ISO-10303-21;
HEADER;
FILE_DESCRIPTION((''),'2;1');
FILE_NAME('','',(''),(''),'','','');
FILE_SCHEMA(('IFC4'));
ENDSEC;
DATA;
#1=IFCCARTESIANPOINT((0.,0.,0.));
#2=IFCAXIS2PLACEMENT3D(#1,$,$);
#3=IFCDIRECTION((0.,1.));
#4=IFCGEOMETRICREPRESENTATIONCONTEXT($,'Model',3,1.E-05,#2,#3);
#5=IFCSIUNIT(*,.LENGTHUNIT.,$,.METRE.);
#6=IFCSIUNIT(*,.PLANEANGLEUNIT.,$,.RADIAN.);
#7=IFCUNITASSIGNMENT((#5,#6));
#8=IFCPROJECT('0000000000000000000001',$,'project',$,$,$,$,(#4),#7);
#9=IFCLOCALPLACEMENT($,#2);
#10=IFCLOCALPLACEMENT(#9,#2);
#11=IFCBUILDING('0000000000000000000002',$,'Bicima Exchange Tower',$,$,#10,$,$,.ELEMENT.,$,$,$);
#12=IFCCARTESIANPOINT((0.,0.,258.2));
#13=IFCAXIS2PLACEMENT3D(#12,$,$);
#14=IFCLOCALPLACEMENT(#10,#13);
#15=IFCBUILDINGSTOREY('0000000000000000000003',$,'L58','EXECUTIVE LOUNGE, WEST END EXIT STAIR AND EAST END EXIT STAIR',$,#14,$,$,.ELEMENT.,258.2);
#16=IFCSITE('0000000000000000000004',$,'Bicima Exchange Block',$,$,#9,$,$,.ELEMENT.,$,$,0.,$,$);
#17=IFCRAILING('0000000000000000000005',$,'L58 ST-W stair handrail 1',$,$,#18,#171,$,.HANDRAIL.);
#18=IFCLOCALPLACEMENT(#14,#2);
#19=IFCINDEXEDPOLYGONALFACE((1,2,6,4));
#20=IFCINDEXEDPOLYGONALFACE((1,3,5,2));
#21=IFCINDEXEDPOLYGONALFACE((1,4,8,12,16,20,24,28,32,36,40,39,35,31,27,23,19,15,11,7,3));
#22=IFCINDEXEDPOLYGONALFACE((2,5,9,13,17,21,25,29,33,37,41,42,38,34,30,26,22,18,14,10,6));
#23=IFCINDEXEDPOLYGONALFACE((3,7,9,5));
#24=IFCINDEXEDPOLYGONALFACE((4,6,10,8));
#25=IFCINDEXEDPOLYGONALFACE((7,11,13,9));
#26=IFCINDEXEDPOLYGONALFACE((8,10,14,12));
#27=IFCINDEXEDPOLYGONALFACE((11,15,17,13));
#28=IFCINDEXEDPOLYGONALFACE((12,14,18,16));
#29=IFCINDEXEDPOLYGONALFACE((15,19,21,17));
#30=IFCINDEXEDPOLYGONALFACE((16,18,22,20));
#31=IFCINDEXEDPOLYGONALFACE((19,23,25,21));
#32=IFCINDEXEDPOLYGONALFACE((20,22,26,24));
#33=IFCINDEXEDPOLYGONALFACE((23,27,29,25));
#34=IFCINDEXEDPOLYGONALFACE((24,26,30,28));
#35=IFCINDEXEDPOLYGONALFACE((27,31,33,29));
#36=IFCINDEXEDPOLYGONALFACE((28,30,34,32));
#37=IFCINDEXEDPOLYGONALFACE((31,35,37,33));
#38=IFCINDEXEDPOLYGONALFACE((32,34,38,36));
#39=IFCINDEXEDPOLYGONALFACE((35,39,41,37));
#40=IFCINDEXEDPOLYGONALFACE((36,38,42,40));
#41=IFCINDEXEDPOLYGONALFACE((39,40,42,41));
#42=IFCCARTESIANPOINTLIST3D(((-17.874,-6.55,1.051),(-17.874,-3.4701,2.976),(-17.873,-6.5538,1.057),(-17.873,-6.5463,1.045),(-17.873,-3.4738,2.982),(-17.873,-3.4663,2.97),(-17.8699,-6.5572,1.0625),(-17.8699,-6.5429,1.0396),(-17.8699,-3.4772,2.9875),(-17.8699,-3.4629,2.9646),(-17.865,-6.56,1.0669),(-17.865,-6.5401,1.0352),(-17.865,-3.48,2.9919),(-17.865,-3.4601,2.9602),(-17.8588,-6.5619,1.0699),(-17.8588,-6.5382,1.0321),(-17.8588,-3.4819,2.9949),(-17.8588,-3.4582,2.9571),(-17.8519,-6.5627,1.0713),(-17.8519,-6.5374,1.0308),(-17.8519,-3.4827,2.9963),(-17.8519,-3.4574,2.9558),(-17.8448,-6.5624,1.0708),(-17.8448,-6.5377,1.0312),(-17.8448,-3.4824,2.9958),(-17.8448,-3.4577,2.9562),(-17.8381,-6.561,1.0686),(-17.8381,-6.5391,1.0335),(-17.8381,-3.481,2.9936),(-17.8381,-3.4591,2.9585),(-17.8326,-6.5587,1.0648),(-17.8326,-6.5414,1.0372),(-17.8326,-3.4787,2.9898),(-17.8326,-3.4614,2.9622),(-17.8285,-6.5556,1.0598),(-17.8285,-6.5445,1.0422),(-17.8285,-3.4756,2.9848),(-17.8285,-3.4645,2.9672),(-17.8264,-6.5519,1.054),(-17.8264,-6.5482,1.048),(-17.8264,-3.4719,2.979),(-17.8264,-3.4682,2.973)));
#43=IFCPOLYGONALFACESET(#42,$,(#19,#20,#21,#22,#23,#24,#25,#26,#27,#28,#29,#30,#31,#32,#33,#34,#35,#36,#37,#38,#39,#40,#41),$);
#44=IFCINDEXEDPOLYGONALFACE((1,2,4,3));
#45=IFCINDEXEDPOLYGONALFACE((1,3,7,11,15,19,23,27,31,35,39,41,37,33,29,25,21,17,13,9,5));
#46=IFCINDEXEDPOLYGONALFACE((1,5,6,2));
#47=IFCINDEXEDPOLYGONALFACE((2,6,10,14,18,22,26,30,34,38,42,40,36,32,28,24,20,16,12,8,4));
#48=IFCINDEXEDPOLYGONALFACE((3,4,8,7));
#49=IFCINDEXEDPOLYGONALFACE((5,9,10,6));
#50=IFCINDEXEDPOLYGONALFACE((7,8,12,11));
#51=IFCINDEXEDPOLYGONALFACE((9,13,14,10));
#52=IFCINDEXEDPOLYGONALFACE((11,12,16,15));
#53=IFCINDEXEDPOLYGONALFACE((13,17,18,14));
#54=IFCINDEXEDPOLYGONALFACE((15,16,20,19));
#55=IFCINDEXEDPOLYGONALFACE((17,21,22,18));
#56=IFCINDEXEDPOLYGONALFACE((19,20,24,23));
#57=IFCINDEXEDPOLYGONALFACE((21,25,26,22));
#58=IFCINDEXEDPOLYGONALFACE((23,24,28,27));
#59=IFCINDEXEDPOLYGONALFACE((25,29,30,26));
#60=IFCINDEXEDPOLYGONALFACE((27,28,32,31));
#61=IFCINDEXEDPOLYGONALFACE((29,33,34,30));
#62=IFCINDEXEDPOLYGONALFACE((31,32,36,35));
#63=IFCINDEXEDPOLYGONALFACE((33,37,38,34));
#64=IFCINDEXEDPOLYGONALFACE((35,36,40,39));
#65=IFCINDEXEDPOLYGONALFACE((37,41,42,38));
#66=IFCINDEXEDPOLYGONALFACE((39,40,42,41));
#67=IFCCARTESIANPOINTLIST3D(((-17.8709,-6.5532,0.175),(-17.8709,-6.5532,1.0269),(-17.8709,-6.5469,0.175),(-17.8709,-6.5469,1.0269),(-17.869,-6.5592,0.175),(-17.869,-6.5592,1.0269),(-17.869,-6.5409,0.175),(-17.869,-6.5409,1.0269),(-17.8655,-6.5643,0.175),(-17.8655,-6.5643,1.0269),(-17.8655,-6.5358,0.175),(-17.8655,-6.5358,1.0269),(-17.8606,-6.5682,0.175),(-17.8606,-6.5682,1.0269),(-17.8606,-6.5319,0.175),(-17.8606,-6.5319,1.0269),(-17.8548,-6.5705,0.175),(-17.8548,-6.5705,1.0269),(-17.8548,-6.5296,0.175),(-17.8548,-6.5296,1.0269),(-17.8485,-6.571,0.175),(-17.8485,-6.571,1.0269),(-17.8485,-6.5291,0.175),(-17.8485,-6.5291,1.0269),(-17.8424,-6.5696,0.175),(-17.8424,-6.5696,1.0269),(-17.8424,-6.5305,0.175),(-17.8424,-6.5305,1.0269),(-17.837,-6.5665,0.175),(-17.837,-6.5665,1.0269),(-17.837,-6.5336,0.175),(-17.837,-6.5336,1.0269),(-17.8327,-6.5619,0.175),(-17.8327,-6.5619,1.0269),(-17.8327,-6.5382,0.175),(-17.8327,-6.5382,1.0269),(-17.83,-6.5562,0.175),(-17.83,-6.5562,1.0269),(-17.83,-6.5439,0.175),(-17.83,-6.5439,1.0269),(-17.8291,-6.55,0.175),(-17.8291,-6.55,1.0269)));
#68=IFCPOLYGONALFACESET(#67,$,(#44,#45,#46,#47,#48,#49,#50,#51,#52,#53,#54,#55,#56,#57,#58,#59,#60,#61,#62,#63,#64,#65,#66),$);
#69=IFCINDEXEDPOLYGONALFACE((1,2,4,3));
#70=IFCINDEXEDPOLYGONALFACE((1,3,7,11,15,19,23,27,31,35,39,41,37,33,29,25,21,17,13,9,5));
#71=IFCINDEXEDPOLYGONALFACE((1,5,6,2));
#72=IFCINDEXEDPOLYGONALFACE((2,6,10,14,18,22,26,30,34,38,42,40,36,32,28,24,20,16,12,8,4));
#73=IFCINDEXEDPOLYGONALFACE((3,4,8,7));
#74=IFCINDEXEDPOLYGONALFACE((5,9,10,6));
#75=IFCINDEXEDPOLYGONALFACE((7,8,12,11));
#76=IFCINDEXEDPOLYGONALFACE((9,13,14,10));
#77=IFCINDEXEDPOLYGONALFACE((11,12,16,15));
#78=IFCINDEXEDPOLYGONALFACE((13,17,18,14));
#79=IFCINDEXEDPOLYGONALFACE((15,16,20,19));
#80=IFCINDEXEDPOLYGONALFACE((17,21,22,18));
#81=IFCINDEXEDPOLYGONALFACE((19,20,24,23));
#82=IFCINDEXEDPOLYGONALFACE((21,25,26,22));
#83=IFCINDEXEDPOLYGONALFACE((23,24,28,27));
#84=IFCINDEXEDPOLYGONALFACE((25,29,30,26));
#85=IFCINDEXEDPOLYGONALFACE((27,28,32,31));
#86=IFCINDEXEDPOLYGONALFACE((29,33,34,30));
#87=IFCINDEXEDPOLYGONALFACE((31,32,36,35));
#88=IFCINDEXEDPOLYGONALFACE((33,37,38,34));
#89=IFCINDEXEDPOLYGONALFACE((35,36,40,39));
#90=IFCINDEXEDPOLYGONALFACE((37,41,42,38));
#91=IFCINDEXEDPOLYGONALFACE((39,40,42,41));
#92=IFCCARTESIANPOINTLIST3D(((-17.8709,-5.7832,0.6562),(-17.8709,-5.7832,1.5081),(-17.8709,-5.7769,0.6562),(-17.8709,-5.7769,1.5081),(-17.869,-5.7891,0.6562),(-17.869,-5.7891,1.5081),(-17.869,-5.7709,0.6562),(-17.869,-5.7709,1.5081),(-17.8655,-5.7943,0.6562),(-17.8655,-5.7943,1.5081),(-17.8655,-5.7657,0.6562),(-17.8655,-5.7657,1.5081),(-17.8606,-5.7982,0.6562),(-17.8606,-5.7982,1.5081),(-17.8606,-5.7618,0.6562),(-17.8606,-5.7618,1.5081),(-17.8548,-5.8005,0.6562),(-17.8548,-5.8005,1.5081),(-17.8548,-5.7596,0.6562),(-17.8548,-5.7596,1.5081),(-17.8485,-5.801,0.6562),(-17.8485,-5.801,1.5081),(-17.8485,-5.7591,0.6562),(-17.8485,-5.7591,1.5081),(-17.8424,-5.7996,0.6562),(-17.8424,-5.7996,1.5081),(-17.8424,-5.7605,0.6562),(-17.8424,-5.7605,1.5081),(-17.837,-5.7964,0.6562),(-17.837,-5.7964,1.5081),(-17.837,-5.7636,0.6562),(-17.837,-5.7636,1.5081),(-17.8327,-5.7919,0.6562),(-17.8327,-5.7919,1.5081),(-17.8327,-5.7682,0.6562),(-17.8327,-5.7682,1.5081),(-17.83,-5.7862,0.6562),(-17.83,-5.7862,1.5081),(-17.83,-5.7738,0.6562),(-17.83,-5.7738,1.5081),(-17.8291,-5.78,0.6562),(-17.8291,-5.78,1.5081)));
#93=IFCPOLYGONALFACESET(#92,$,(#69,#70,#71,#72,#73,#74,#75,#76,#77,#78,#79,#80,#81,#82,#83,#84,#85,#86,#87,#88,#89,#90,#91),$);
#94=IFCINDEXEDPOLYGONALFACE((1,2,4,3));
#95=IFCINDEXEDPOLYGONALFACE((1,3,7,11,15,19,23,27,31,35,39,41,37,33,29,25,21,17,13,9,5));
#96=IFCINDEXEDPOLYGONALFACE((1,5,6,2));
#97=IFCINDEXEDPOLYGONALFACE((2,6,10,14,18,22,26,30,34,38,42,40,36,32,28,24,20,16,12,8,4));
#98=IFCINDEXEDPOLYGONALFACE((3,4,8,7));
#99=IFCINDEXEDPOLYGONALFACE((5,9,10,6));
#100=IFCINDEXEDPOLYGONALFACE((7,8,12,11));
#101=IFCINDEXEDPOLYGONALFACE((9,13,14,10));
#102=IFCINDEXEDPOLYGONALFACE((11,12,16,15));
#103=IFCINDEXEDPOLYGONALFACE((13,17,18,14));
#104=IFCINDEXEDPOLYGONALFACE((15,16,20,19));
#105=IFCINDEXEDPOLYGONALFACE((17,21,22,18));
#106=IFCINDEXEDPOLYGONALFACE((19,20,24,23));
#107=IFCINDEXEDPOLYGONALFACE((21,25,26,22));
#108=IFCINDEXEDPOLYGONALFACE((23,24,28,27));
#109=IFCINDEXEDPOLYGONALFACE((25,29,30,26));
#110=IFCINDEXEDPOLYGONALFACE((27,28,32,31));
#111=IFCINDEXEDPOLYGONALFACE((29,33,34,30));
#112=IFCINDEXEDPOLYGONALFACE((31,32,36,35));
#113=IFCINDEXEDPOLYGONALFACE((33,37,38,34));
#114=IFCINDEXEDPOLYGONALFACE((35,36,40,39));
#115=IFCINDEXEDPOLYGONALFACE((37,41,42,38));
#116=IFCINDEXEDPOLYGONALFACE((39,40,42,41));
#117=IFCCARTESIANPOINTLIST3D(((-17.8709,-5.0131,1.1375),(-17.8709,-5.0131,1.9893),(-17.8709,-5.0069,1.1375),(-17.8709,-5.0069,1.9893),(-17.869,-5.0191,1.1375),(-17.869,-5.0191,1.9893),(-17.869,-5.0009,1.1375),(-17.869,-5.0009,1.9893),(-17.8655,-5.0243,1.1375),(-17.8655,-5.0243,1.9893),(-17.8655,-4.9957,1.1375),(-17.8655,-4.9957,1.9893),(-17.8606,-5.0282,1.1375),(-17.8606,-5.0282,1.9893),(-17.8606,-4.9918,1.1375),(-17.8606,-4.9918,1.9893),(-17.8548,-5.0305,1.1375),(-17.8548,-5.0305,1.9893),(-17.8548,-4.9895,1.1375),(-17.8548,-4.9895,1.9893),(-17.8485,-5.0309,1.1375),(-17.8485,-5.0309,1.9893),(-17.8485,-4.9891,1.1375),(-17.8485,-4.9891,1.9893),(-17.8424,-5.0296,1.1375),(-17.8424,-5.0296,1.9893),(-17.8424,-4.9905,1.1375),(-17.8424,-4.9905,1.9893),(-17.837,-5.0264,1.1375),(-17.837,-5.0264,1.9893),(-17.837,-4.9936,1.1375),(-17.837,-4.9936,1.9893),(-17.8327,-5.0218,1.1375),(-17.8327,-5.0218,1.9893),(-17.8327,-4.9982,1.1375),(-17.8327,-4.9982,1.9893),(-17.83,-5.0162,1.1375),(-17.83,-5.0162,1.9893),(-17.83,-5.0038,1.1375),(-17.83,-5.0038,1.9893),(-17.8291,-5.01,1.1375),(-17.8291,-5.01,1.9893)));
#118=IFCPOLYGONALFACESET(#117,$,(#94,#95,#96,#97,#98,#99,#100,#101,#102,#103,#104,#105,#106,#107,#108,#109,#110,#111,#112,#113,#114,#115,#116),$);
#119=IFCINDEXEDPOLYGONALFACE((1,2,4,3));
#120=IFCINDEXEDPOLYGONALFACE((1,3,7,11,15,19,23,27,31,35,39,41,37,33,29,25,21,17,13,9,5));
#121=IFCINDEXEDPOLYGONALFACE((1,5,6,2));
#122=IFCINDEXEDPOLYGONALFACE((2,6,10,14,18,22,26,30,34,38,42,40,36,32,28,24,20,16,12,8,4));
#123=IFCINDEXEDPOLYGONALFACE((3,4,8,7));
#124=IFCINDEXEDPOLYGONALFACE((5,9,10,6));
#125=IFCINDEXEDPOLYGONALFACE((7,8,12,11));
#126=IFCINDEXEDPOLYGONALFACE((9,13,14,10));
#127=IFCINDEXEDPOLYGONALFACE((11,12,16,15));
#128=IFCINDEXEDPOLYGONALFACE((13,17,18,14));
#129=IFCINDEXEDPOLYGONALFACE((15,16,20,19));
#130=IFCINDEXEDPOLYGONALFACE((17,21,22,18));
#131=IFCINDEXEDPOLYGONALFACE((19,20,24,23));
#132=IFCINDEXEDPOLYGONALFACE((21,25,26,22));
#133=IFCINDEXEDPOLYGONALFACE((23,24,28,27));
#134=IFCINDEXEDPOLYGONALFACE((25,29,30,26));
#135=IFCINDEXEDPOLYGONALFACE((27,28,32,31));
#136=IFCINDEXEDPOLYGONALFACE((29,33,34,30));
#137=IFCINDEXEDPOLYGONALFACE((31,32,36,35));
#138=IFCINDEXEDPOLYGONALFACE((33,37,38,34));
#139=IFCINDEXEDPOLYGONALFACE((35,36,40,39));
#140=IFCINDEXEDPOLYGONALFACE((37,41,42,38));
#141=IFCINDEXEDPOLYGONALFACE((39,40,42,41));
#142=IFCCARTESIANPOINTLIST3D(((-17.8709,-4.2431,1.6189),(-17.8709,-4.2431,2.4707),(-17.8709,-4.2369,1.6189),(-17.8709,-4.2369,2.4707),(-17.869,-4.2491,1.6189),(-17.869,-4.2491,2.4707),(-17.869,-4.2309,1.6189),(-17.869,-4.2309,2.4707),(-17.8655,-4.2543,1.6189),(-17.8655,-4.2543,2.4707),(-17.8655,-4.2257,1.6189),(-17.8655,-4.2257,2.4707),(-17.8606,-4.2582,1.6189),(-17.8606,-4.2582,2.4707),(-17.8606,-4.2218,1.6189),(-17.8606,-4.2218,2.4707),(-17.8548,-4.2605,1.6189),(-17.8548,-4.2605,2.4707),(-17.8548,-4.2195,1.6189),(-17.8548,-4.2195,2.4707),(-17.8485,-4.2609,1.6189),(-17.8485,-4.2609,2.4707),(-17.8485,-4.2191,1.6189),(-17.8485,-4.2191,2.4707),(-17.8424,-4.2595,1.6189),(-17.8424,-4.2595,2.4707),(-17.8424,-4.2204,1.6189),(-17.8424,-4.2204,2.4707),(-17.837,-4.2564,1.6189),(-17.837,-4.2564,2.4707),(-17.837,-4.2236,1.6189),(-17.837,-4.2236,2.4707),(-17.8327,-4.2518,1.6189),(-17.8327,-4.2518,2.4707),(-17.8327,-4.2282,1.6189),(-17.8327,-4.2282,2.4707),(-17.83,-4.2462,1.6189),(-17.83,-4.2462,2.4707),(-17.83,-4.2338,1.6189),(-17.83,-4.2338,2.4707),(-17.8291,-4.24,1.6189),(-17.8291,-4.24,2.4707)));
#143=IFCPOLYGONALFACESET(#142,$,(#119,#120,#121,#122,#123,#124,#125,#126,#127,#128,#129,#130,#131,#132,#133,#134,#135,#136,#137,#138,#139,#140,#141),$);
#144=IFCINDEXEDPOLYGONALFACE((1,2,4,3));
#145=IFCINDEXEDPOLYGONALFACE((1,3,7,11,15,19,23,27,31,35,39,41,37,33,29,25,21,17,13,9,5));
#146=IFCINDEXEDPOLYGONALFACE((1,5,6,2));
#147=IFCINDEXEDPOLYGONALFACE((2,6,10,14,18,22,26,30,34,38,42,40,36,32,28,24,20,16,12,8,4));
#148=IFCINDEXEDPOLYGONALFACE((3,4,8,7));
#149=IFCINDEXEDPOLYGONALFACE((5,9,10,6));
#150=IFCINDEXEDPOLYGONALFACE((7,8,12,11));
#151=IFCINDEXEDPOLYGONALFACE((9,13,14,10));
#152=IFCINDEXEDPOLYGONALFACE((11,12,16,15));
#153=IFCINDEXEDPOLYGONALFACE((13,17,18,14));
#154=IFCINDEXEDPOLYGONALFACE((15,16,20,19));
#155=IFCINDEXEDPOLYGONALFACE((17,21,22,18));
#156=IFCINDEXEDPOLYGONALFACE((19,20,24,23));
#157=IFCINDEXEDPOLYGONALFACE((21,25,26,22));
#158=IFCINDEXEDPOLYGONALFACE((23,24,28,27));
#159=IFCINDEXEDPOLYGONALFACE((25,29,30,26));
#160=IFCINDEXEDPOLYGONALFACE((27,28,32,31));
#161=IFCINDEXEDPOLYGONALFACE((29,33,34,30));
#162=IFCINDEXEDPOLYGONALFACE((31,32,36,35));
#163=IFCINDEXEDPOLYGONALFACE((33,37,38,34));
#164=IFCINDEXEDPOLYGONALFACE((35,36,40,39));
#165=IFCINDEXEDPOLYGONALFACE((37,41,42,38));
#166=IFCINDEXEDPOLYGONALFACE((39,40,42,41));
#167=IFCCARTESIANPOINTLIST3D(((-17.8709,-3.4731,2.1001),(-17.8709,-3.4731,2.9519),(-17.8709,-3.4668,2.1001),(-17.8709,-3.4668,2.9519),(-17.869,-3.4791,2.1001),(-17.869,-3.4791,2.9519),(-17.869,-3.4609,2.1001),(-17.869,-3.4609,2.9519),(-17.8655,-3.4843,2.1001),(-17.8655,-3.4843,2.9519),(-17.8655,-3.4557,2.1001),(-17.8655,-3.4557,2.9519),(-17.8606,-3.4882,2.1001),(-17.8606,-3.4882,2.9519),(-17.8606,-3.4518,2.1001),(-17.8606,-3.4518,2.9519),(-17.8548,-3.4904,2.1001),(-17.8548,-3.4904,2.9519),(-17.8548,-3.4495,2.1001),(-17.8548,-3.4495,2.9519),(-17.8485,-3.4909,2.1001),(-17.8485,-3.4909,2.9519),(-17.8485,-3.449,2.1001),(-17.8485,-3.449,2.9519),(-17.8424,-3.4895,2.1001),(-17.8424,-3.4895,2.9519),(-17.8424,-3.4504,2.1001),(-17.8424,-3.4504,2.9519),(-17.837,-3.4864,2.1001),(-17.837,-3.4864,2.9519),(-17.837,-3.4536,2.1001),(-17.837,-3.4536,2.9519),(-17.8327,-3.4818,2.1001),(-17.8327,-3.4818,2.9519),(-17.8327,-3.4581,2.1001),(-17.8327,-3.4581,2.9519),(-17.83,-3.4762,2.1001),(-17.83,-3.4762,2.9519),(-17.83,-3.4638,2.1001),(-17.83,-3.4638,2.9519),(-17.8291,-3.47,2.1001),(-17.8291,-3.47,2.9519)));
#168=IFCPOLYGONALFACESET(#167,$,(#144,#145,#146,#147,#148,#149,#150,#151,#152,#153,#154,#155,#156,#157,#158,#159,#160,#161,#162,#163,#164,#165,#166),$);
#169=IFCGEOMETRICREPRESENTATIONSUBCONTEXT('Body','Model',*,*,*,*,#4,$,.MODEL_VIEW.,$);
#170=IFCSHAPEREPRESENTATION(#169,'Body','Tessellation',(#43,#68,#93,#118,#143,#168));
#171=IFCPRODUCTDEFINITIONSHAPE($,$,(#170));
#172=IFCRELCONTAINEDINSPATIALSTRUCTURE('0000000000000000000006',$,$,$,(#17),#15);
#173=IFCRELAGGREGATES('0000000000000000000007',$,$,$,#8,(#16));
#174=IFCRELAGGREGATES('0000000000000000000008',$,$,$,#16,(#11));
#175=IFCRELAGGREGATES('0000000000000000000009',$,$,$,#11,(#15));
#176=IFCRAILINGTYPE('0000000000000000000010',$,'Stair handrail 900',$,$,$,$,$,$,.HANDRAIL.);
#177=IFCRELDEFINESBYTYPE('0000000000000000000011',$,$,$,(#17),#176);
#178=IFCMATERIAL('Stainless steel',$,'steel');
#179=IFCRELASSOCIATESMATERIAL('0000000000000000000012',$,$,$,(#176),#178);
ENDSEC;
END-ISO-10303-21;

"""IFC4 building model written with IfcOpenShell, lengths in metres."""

from ifc_helpers import new_model, si_unit, direction, frame, origin, origin_2d, place, context, subcontext, project, spatial, circle, extrude, material, type_object, element, save


model = new_model("IFC4")

# Units and contexts
model_context = context("Model", 3, precision=1e-05, world=origin(), true_north=direction((0.0, 1.0)))
body_context = subcontext(model_context, "Body", "Model", "MODEL_VIEW")
ifc_project = project(units=[si_unit("LENGTHUNIT", "METRE"), si_unit("PLANEANGLEUNIT", "RADIAN")], contexts=[model_context])

# Site, building, storey
site_placement = place(None, origin())
site = spatial("IfcSite", under=ifc_project, at=site_placement, Name="Bicima Exchange Block", CompositionType="ELEMENT", RefElevation=0.0)
building_placement = place(site_placement, origin())
building = spatial("IfcBuilding", under=site, at=building_placement, Name="Bicima Exchange Tower", CompositionType="ELEMENT")
storey_placement = place(building_placement, frame((0.0, 0.0, 258.2)))
storey = spatial("IfcBuildingStorey", under=building, at=storey_placement, Name="L58", Description="EXECUTIVE LOUNGE, WEST END EXIT STAIR AND EAST END EXIT STAIR", CompositionType="ELEMENT", Elevation=258.2)

# Shared definitions
ifc_material_1 = material(Name="Stainless steel", Category="steel")

# Railing
railing_type_1 = type_object("IfcRailingType", Name="Stair handrail 900", PredefinedType="HANDRAIL", material=ifc_material_1)
railing_1_placement = place(storey_placement, frame((-17.8501, -6.55, 0.175)))
element("IfcRailing", 1, at=railing_1_placement, inside=storey, type_object=railing_type_1, Name="L58 ST-W stair handrail 1", PredefinedType="HANDRAIL", context=body_context, shape_type="SweptSolid", body=[
    extrude(circle(Radius=0.0239, at=origin_2d()), frame((0.0, 0.0, 0.876), z_axis=(0.0, 0.847998, 0.529999), x_axis=(-1.0, 0.0, 0.0)), (0.0, 0.0, 1.0), 3.6321),
    extrude(circle(Radius=0.021, at=origin_2d()), origin(), (0.0, 0.0, 1.0), 0.8518),
    extrude(circle(Radius=0.021, at=origin_2d()), frame((0.0, 0.77, 0.4812)), (0.0, 0.0, 1.0), 0.8518),
    extrude(circle(Radius=0.021, at=origin_2d()), frame((0.0, 1.54, 0.9624)), (0.0, 0.0, 1.0), 0.8518),
    extrude(circle(Radius=0.021, at=origin_2d()), frame((0.0, 2.3101, 1.4438)), (0.0, 0.0, 1.0), 0.8518),
    extrude(circle(Radius=0.021, at=origin_2d()), frame((0.0, 3.0801, 1.925)), (0.0, 0.0, 1.0), 0.8518),
])

save(model, "model.ifc")
